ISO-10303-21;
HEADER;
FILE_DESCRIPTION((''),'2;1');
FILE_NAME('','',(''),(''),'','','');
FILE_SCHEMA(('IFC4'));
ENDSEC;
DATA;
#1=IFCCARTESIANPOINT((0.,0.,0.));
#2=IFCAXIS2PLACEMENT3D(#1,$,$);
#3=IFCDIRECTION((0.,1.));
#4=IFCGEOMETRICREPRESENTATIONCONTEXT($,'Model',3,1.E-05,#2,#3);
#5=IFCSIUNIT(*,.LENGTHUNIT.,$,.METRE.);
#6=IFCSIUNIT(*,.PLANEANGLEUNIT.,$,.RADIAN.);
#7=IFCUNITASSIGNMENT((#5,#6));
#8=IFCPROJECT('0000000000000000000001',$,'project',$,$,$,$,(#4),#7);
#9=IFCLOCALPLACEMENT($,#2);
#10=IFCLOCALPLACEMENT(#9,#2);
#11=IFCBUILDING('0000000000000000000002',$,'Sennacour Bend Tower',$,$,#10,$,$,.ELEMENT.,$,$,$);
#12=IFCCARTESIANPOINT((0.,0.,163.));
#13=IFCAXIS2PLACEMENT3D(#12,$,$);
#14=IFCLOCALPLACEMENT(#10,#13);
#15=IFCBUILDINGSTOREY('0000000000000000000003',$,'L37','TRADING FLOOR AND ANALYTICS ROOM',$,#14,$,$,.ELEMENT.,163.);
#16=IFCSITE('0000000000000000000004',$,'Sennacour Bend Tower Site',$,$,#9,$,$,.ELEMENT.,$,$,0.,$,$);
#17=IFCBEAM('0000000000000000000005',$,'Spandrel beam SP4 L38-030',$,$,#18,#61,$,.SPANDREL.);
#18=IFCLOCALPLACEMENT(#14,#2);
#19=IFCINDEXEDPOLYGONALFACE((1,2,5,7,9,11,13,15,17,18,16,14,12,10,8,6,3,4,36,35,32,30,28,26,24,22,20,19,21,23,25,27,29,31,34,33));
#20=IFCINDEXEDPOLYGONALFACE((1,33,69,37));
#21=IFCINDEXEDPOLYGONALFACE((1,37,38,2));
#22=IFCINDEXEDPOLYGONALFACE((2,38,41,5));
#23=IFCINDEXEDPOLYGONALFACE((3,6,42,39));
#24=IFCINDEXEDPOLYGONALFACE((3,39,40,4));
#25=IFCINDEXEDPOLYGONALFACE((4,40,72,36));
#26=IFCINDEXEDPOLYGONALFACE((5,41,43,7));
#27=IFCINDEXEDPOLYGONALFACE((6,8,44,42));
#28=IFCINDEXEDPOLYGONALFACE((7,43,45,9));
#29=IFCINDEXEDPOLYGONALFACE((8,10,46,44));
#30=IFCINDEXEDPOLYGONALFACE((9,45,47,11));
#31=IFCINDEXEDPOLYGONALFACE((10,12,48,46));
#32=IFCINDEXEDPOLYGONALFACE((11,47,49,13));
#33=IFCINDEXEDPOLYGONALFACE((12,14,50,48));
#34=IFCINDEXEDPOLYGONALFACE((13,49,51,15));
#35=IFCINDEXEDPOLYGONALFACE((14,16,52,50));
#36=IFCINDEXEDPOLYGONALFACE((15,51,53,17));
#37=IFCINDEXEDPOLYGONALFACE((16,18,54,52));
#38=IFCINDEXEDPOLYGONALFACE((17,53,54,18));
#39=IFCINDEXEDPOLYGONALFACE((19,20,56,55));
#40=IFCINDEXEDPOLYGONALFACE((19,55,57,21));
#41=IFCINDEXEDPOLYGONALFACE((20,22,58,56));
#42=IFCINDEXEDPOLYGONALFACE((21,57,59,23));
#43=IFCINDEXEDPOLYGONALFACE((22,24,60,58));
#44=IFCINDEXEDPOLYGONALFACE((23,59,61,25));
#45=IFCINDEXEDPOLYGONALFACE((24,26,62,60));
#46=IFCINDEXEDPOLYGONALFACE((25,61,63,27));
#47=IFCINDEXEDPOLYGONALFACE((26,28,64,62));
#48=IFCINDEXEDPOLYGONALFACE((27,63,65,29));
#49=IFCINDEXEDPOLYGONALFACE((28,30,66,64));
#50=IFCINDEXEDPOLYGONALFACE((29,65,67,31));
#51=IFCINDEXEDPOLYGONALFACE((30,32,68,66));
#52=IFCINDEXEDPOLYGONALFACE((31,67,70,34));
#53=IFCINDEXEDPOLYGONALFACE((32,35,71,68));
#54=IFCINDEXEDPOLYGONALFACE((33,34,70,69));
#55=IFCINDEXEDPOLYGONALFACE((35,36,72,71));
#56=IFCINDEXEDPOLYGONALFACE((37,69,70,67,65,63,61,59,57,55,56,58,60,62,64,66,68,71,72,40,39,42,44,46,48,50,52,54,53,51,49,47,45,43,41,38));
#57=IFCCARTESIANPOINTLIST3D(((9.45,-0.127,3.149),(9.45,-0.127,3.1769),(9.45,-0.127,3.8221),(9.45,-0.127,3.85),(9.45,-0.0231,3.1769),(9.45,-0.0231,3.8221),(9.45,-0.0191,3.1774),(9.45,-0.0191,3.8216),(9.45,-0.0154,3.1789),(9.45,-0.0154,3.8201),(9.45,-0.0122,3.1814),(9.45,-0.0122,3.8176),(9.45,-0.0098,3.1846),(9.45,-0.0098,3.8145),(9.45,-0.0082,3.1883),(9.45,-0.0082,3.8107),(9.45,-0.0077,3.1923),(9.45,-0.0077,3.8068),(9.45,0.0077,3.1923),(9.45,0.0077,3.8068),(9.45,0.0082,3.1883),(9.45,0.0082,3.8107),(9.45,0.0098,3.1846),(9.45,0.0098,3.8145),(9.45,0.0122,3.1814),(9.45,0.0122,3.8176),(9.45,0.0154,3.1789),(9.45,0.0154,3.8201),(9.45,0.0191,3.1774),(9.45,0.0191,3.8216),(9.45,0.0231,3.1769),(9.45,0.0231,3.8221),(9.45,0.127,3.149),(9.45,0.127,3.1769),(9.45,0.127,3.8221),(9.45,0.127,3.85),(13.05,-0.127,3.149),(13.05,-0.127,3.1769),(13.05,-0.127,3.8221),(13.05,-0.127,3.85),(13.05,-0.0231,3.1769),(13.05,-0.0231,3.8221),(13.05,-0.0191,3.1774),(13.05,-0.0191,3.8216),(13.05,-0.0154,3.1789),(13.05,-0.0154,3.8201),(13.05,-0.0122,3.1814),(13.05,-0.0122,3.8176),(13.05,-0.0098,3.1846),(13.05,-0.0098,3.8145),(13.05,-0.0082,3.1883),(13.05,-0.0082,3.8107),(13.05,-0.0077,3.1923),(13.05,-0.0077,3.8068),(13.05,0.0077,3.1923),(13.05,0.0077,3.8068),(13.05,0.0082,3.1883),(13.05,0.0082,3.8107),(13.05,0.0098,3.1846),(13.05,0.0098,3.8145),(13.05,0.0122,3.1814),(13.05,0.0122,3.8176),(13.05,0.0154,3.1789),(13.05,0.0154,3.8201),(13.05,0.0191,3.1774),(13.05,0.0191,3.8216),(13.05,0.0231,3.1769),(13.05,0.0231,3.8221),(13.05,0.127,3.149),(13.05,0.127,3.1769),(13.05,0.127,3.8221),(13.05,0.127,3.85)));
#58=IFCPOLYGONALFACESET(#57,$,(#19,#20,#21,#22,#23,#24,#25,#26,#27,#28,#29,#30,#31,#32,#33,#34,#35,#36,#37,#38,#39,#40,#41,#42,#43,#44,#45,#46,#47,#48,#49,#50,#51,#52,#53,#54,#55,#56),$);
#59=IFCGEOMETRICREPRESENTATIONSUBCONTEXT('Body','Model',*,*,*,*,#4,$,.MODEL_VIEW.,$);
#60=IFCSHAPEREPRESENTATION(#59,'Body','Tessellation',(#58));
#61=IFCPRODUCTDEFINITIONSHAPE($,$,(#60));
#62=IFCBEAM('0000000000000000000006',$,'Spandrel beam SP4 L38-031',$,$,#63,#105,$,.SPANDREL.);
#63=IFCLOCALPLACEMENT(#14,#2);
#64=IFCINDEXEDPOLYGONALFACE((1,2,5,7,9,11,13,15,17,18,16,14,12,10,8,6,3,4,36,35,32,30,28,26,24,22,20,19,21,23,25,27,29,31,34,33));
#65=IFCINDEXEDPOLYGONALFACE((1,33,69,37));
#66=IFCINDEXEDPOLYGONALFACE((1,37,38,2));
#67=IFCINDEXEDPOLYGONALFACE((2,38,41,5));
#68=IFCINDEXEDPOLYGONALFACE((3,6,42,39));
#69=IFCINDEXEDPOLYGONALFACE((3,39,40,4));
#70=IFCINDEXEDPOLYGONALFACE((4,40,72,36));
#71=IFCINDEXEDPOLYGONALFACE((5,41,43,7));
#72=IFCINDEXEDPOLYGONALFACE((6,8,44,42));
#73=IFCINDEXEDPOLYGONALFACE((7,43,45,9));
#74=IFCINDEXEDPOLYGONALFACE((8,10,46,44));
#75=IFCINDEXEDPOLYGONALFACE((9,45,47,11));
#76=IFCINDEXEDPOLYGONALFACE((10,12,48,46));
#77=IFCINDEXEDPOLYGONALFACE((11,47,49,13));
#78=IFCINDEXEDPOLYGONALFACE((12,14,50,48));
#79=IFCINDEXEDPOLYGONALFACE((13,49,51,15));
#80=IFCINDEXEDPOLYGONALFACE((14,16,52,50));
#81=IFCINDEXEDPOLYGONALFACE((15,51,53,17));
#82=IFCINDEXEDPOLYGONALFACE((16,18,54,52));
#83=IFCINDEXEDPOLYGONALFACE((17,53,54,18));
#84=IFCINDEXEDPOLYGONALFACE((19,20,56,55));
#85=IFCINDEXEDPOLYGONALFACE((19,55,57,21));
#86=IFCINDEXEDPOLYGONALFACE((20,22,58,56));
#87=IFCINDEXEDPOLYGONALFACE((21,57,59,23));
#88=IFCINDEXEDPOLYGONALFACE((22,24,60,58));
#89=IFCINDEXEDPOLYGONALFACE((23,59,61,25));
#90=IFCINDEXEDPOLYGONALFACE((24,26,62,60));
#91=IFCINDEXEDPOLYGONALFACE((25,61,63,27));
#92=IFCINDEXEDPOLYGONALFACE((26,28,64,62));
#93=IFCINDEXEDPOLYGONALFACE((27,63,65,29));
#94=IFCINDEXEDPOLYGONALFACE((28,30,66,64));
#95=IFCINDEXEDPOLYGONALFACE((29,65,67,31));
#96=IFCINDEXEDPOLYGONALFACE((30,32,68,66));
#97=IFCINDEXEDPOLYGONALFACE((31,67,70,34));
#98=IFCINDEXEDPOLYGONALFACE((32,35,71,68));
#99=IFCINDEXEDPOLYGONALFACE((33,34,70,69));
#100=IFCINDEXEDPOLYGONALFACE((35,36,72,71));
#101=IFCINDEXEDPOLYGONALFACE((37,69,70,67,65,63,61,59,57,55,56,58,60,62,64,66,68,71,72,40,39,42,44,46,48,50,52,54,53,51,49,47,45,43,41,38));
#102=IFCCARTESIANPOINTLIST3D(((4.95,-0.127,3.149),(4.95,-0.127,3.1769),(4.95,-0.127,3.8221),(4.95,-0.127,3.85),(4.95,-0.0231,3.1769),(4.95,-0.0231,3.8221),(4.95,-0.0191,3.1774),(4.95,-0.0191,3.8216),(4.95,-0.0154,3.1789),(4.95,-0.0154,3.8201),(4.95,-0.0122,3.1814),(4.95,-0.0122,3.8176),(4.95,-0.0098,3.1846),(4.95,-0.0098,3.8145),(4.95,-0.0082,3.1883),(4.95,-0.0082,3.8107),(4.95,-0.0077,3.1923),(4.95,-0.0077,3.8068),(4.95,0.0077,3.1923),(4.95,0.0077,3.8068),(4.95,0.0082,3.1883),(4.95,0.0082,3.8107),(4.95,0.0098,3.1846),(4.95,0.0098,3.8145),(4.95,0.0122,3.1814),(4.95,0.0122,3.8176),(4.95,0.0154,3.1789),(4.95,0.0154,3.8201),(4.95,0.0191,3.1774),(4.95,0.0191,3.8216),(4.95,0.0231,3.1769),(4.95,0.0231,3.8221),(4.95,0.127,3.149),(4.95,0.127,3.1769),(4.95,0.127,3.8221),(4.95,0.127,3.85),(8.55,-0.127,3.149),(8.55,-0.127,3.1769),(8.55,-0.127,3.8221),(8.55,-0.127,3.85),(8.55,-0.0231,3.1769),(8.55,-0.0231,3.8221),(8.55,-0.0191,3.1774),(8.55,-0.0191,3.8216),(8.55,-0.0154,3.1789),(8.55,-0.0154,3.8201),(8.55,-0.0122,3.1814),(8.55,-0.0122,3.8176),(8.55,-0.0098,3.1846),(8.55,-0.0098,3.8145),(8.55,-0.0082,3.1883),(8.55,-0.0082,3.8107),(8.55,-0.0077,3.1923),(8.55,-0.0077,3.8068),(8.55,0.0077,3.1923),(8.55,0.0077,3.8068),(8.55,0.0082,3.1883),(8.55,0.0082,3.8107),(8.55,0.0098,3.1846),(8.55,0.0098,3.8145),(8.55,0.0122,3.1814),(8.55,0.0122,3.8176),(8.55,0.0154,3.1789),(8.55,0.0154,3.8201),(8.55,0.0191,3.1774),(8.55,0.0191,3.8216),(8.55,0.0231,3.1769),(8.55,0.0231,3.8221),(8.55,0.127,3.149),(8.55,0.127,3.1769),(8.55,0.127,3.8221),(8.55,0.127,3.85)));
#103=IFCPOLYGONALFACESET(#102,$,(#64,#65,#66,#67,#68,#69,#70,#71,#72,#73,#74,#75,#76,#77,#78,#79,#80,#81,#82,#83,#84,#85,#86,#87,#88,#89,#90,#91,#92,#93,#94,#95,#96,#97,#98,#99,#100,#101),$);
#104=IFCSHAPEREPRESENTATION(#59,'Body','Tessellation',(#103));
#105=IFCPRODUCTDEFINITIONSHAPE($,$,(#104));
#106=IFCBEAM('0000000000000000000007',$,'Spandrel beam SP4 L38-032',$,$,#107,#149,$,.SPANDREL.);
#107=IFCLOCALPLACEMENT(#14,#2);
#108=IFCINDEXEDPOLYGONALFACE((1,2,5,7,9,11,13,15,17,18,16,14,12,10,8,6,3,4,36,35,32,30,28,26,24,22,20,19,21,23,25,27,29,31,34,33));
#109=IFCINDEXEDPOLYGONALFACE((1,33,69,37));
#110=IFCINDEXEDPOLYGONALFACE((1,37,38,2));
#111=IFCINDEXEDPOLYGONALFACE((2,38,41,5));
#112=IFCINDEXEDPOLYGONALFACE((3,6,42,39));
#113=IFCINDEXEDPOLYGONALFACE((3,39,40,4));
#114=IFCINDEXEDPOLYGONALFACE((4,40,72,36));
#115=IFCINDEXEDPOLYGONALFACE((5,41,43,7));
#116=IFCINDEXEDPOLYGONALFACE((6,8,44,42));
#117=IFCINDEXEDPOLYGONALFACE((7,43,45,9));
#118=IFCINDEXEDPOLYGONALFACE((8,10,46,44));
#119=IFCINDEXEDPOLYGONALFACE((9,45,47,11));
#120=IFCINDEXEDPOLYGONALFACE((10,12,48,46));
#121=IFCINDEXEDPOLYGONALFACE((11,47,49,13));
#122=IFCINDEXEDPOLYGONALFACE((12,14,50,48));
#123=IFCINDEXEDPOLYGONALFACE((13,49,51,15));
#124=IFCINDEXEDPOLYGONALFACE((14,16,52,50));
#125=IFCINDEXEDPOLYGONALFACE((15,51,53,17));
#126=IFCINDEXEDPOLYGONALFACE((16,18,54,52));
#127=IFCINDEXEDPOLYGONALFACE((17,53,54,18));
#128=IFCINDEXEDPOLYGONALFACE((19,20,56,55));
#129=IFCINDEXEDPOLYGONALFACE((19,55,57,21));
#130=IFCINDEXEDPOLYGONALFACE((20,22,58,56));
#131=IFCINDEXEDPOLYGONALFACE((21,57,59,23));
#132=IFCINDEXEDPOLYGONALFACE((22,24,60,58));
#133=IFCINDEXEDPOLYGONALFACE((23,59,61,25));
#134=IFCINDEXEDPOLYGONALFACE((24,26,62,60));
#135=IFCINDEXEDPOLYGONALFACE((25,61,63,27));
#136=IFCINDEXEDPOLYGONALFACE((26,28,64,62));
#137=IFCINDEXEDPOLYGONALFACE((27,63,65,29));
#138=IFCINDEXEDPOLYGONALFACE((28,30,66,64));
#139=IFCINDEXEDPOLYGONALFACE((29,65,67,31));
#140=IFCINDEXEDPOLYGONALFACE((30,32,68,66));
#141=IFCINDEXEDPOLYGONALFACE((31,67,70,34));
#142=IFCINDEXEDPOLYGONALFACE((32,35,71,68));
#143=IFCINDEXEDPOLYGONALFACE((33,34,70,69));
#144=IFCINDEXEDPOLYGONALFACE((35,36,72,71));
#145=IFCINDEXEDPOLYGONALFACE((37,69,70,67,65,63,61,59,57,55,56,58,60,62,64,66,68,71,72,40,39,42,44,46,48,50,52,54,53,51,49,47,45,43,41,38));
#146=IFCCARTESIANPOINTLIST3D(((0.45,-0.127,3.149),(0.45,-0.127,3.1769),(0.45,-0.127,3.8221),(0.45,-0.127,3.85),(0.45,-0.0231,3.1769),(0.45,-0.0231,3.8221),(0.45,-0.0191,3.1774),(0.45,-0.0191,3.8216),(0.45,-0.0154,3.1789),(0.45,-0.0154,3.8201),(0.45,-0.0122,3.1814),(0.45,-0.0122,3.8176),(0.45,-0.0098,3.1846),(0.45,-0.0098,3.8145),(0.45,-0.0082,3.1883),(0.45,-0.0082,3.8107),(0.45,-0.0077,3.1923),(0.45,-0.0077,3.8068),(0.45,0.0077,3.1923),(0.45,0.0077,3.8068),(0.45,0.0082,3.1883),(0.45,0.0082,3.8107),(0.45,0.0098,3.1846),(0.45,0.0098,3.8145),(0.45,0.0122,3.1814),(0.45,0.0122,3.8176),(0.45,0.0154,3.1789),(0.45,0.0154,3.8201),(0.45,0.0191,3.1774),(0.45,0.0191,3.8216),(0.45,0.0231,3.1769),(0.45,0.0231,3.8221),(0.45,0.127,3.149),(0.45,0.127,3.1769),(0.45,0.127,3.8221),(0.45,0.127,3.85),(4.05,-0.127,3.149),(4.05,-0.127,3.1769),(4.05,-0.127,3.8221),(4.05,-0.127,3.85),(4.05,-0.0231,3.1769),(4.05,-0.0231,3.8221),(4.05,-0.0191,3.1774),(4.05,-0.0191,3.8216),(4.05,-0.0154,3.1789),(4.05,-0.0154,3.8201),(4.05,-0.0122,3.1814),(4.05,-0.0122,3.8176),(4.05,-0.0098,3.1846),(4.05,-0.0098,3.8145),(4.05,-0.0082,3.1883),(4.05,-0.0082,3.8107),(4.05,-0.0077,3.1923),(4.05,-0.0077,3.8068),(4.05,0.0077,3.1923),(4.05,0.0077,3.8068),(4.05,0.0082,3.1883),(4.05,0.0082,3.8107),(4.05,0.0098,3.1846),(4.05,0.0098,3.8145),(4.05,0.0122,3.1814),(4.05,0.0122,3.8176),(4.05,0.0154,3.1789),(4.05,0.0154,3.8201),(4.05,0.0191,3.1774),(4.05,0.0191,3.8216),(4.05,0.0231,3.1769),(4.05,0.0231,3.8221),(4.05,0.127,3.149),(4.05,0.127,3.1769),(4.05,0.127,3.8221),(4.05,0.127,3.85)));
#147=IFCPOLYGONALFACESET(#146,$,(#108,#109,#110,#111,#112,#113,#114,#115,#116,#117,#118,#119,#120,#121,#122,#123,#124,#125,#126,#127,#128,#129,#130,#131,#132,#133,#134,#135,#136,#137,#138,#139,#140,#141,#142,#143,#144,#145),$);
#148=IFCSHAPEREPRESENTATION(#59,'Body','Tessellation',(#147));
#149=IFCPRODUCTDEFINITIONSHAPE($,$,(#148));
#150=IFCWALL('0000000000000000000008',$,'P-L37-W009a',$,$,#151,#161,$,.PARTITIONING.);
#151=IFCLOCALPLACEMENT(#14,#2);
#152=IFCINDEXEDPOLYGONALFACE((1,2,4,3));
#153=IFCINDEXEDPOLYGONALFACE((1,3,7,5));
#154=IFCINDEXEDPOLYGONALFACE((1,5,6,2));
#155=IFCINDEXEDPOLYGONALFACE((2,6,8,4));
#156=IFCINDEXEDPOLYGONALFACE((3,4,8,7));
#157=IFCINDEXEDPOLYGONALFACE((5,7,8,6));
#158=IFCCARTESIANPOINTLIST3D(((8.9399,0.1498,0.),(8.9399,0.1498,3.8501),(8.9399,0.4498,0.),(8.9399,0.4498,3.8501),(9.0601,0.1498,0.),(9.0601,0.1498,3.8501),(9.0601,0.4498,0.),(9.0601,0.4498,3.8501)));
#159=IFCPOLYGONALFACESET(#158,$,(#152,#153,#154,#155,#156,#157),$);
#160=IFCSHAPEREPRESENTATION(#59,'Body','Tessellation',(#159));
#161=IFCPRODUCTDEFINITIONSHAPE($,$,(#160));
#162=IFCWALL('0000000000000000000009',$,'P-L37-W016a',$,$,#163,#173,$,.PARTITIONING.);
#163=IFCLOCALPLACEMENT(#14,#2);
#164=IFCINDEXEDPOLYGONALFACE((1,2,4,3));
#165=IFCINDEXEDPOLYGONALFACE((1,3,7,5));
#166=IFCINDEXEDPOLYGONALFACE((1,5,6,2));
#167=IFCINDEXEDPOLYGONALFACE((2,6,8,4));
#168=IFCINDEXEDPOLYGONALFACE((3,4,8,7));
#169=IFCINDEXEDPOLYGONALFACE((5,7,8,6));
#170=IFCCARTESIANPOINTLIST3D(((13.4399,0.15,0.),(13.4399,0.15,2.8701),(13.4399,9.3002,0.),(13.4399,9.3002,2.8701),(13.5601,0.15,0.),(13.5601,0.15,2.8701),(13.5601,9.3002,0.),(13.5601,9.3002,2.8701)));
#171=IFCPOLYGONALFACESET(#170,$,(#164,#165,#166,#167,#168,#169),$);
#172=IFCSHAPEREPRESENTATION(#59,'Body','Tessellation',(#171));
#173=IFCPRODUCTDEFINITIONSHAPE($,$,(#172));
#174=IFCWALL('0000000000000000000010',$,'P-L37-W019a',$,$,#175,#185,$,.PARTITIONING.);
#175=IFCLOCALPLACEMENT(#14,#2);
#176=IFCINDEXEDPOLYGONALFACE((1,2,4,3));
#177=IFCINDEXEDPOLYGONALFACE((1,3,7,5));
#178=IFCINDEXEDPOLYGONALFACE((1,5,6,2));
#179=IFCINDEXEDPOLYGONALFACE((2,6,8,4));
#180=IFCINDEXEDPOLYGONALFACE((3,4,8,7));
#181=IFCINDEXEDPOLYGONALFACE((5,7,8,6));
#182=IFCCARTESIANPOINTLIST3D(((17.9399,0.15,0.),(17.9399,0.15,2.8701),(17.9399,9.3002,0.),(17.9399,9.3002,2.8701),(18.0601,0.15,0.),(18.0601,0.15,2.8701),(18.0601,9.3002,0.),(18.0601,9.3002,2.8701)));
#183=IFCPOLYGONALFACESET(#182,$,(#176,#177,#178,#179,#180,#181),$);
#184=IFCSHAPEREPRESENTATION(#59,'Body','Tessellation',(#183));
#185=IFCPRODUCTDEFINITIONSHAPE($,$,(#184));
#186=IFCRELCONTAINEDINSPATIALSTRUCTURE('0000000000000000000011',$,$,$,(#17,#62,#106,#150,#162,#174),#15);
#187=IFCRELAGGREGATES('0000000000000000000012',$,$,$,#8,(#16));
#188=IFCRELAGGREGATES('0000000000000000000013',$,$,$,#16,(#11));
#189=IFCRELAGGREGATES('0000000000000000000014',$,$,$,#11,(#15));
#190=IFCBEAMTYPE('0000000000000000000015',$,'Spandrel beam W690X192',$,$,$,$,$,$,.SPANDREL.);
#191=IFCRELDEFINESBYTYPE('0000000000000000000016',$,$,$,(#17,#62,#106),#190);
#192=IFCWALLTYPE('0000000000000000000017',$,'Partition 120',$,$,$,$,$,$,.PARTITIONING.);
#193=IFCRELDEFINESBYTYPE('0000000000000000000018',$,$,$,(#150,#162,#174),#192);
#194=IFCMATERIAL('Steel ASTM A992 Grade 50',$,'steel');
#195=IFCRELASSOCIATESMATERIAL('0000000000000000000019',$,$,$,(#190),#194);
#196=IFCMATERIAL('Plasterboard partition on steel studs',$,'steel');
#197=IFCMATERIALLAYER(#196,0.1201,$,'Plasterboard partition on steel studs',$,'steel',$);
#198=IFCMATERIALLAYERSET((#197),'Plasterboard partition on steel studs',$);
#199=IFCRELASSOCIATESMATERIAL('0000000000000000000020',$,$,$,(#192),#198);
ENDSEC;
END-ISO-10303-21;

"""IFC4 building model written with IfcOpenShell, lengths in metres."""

from ifc_helpers import new_model, si_unit, direction, frame, frame_2d, origin, origin_2d, place, context, subcontext, project, spatial, rectangle, i_section, extrude, material, layer, layer_set, material_profile, profile_set, type_object, element, save


model = new_model("IFC4")

# Units and contexts
model_context = context("Model", 3, precision=1e-05, world=origin(), true_north=direction((0.0, 1.0)))
body_context = subcontext(model_context, "Body", "Model", "MODEL_VIEW")
ifc_project = project(units=[si_unit("LENGTHUNIT", "METRE"), si_unit("PLANEANGLEUNIT", "RADIAN")], contexts=[model_context])

# Site, building, storey
site_placement = place(None, origin())
site = spatial("IfcSite", under=ifc_project, at=site_placement, Name="Sennacour Bend Tower Site", CompositionType="ELEMENT", RefElevation=0.0)
building_placement = place(site_placement, origin())
building = spatial("IfcBuilding", under=site, at=building_placement, Name="Sennacour Bend Tower", CompositionType="ELEMENT")
storey_placement = place(building_placement, frame((0.0, 0.0, 163.0)))
storey = spatial("IfcBuildingStorey", under=building, at=storey_placement, Name="L37", Description="TRADING FLOOR AND ANALYTICS ROOM", CompositionType="ELEMENT", Elevation=163.0)

# Beams
ifc_material_1 = material(Name="Steel ASTM A992 Grade 50", Category="steel")
ifc_material_profile_1 = material_profile(ifc_material_1, i_section(OverallWidth=0.2539, OverallDepth=0.7009, WebThickness=0.0154, FlangeThickness=0.0278, FilletRadius=0.0154, at=origin_2d()), Name="Steel ASTM A992 Grade 50", Category="steel")
ifc_profile_set_1 = profile_set([ifc_material_profile_1], Name="Steel ASTM A992 Grade 50")
beam_type_1 = type_object("IfcBeamType", Name="Spandrel beam W690X192", PredefinedType="SPANDREL", material=ifc_profile_set_1)
for number, where, z_axis, x_axis, name in (
    (1, (13.05, 0.0, 3.4995), (-1.0, 0.0, 0.0), (0.0, -1.0, 0.0), "Spandrel beam SP4 L38-030"),
    (2, (8.55, 0.0, 3.4995), (-1.0, 0.0, 0.0), (0.0, -1.0, 0.0), "Spandrel beam SP4 L38-031"),
    (3, (4.05, 0.0, 3.4995), (-1.0, 0.0, 0.0), (0.0, -1.0, 0.0), "Spandrel beam SP4 L38-032"),
):
    element("IfcBeam", number, at=place(storey_placement, frame(where, z_axis=z_axis, x_axis=x_axis)), inside=storey, type_object=beam_type_1, Name=name, PredefinedType="SPANDREL", context=body_context, shape_type="SweptSolid", body=[
        extrude(i_section(OverallWidth=0.2539, OverallDepth=0.7009, WebThickness=0.0154, FlangeThickness=0.0278, FilletRadius=0.0154, at=origin_2d()), origin(), (0.0, 0.0, 1.0), 3.6001),
    ])

# Walls
ifc_material_2 = material(Name="Plasterboard partition on steel studs", Category="steel")
ifc_layer_1 = layer(ifc_material_2, 0.1201, Name="Plasterboard partition on steel studs", Category="steel")
ifc_layer_set_1 = layer_set([ifc_layer_1], Name="Plasterboard partition on steel studs")
wall_type_1 = type_object("IfcWallType", Name="Partition 120", PredefinedType="PARTITIONING", material=ifc_layer_set_1)
wall_1_placement = place(storey_placement, frame((9.0, 0.1499, 0.0), z_axis=(0.0, 0.0, 1.0), x_axis=(0.0, 1.0, 0.0)))
element("IfcWall", 4, at=wall_1_placement, inside=storey, type_object=wall_type_1, Name="P-L37-W009a", PredefinedType="PARTITIONING", context=body_context, shape_type="SweptSolid", body=[
    extrude(rectangle(XDim=0.3, YDim=0.1201, at=frame_2d((0.1499, 0.0))), origin(), (0.0, 0.0, 1.0), 3.8501),
])
for number, where, z_axis, x_axis, name in (
    (5, (13.5, 0.1499, 0.0), (0.0, 0.0, 1.0), (0.0, 1.0, 0.0), "P-L37-W016a"),
    (6, (18.0, 0.1499, 0.0), (0.0, 0.0, 1.0), (0.0, 1.0, 0.0), "P-L37-W019a"),
):
    element("IfcWall", number, at=place(storey_placement, frame(where, z_axis=z_axis, x_axis=x_axis)), inside=storey, type_object=wall_type_1, Name=name, PredefinedType="PARTITIONING", context=body_context, shape_type="SweptSolid", body=[
        extrude(rectangle(XDim=9.1501, YDim=0.1201, at=frame_2d((4.5752, 0.0))), origin(), (0.0, 0.0, 1.0), 2.8701),
    ])

save(model, "model.ifc")
